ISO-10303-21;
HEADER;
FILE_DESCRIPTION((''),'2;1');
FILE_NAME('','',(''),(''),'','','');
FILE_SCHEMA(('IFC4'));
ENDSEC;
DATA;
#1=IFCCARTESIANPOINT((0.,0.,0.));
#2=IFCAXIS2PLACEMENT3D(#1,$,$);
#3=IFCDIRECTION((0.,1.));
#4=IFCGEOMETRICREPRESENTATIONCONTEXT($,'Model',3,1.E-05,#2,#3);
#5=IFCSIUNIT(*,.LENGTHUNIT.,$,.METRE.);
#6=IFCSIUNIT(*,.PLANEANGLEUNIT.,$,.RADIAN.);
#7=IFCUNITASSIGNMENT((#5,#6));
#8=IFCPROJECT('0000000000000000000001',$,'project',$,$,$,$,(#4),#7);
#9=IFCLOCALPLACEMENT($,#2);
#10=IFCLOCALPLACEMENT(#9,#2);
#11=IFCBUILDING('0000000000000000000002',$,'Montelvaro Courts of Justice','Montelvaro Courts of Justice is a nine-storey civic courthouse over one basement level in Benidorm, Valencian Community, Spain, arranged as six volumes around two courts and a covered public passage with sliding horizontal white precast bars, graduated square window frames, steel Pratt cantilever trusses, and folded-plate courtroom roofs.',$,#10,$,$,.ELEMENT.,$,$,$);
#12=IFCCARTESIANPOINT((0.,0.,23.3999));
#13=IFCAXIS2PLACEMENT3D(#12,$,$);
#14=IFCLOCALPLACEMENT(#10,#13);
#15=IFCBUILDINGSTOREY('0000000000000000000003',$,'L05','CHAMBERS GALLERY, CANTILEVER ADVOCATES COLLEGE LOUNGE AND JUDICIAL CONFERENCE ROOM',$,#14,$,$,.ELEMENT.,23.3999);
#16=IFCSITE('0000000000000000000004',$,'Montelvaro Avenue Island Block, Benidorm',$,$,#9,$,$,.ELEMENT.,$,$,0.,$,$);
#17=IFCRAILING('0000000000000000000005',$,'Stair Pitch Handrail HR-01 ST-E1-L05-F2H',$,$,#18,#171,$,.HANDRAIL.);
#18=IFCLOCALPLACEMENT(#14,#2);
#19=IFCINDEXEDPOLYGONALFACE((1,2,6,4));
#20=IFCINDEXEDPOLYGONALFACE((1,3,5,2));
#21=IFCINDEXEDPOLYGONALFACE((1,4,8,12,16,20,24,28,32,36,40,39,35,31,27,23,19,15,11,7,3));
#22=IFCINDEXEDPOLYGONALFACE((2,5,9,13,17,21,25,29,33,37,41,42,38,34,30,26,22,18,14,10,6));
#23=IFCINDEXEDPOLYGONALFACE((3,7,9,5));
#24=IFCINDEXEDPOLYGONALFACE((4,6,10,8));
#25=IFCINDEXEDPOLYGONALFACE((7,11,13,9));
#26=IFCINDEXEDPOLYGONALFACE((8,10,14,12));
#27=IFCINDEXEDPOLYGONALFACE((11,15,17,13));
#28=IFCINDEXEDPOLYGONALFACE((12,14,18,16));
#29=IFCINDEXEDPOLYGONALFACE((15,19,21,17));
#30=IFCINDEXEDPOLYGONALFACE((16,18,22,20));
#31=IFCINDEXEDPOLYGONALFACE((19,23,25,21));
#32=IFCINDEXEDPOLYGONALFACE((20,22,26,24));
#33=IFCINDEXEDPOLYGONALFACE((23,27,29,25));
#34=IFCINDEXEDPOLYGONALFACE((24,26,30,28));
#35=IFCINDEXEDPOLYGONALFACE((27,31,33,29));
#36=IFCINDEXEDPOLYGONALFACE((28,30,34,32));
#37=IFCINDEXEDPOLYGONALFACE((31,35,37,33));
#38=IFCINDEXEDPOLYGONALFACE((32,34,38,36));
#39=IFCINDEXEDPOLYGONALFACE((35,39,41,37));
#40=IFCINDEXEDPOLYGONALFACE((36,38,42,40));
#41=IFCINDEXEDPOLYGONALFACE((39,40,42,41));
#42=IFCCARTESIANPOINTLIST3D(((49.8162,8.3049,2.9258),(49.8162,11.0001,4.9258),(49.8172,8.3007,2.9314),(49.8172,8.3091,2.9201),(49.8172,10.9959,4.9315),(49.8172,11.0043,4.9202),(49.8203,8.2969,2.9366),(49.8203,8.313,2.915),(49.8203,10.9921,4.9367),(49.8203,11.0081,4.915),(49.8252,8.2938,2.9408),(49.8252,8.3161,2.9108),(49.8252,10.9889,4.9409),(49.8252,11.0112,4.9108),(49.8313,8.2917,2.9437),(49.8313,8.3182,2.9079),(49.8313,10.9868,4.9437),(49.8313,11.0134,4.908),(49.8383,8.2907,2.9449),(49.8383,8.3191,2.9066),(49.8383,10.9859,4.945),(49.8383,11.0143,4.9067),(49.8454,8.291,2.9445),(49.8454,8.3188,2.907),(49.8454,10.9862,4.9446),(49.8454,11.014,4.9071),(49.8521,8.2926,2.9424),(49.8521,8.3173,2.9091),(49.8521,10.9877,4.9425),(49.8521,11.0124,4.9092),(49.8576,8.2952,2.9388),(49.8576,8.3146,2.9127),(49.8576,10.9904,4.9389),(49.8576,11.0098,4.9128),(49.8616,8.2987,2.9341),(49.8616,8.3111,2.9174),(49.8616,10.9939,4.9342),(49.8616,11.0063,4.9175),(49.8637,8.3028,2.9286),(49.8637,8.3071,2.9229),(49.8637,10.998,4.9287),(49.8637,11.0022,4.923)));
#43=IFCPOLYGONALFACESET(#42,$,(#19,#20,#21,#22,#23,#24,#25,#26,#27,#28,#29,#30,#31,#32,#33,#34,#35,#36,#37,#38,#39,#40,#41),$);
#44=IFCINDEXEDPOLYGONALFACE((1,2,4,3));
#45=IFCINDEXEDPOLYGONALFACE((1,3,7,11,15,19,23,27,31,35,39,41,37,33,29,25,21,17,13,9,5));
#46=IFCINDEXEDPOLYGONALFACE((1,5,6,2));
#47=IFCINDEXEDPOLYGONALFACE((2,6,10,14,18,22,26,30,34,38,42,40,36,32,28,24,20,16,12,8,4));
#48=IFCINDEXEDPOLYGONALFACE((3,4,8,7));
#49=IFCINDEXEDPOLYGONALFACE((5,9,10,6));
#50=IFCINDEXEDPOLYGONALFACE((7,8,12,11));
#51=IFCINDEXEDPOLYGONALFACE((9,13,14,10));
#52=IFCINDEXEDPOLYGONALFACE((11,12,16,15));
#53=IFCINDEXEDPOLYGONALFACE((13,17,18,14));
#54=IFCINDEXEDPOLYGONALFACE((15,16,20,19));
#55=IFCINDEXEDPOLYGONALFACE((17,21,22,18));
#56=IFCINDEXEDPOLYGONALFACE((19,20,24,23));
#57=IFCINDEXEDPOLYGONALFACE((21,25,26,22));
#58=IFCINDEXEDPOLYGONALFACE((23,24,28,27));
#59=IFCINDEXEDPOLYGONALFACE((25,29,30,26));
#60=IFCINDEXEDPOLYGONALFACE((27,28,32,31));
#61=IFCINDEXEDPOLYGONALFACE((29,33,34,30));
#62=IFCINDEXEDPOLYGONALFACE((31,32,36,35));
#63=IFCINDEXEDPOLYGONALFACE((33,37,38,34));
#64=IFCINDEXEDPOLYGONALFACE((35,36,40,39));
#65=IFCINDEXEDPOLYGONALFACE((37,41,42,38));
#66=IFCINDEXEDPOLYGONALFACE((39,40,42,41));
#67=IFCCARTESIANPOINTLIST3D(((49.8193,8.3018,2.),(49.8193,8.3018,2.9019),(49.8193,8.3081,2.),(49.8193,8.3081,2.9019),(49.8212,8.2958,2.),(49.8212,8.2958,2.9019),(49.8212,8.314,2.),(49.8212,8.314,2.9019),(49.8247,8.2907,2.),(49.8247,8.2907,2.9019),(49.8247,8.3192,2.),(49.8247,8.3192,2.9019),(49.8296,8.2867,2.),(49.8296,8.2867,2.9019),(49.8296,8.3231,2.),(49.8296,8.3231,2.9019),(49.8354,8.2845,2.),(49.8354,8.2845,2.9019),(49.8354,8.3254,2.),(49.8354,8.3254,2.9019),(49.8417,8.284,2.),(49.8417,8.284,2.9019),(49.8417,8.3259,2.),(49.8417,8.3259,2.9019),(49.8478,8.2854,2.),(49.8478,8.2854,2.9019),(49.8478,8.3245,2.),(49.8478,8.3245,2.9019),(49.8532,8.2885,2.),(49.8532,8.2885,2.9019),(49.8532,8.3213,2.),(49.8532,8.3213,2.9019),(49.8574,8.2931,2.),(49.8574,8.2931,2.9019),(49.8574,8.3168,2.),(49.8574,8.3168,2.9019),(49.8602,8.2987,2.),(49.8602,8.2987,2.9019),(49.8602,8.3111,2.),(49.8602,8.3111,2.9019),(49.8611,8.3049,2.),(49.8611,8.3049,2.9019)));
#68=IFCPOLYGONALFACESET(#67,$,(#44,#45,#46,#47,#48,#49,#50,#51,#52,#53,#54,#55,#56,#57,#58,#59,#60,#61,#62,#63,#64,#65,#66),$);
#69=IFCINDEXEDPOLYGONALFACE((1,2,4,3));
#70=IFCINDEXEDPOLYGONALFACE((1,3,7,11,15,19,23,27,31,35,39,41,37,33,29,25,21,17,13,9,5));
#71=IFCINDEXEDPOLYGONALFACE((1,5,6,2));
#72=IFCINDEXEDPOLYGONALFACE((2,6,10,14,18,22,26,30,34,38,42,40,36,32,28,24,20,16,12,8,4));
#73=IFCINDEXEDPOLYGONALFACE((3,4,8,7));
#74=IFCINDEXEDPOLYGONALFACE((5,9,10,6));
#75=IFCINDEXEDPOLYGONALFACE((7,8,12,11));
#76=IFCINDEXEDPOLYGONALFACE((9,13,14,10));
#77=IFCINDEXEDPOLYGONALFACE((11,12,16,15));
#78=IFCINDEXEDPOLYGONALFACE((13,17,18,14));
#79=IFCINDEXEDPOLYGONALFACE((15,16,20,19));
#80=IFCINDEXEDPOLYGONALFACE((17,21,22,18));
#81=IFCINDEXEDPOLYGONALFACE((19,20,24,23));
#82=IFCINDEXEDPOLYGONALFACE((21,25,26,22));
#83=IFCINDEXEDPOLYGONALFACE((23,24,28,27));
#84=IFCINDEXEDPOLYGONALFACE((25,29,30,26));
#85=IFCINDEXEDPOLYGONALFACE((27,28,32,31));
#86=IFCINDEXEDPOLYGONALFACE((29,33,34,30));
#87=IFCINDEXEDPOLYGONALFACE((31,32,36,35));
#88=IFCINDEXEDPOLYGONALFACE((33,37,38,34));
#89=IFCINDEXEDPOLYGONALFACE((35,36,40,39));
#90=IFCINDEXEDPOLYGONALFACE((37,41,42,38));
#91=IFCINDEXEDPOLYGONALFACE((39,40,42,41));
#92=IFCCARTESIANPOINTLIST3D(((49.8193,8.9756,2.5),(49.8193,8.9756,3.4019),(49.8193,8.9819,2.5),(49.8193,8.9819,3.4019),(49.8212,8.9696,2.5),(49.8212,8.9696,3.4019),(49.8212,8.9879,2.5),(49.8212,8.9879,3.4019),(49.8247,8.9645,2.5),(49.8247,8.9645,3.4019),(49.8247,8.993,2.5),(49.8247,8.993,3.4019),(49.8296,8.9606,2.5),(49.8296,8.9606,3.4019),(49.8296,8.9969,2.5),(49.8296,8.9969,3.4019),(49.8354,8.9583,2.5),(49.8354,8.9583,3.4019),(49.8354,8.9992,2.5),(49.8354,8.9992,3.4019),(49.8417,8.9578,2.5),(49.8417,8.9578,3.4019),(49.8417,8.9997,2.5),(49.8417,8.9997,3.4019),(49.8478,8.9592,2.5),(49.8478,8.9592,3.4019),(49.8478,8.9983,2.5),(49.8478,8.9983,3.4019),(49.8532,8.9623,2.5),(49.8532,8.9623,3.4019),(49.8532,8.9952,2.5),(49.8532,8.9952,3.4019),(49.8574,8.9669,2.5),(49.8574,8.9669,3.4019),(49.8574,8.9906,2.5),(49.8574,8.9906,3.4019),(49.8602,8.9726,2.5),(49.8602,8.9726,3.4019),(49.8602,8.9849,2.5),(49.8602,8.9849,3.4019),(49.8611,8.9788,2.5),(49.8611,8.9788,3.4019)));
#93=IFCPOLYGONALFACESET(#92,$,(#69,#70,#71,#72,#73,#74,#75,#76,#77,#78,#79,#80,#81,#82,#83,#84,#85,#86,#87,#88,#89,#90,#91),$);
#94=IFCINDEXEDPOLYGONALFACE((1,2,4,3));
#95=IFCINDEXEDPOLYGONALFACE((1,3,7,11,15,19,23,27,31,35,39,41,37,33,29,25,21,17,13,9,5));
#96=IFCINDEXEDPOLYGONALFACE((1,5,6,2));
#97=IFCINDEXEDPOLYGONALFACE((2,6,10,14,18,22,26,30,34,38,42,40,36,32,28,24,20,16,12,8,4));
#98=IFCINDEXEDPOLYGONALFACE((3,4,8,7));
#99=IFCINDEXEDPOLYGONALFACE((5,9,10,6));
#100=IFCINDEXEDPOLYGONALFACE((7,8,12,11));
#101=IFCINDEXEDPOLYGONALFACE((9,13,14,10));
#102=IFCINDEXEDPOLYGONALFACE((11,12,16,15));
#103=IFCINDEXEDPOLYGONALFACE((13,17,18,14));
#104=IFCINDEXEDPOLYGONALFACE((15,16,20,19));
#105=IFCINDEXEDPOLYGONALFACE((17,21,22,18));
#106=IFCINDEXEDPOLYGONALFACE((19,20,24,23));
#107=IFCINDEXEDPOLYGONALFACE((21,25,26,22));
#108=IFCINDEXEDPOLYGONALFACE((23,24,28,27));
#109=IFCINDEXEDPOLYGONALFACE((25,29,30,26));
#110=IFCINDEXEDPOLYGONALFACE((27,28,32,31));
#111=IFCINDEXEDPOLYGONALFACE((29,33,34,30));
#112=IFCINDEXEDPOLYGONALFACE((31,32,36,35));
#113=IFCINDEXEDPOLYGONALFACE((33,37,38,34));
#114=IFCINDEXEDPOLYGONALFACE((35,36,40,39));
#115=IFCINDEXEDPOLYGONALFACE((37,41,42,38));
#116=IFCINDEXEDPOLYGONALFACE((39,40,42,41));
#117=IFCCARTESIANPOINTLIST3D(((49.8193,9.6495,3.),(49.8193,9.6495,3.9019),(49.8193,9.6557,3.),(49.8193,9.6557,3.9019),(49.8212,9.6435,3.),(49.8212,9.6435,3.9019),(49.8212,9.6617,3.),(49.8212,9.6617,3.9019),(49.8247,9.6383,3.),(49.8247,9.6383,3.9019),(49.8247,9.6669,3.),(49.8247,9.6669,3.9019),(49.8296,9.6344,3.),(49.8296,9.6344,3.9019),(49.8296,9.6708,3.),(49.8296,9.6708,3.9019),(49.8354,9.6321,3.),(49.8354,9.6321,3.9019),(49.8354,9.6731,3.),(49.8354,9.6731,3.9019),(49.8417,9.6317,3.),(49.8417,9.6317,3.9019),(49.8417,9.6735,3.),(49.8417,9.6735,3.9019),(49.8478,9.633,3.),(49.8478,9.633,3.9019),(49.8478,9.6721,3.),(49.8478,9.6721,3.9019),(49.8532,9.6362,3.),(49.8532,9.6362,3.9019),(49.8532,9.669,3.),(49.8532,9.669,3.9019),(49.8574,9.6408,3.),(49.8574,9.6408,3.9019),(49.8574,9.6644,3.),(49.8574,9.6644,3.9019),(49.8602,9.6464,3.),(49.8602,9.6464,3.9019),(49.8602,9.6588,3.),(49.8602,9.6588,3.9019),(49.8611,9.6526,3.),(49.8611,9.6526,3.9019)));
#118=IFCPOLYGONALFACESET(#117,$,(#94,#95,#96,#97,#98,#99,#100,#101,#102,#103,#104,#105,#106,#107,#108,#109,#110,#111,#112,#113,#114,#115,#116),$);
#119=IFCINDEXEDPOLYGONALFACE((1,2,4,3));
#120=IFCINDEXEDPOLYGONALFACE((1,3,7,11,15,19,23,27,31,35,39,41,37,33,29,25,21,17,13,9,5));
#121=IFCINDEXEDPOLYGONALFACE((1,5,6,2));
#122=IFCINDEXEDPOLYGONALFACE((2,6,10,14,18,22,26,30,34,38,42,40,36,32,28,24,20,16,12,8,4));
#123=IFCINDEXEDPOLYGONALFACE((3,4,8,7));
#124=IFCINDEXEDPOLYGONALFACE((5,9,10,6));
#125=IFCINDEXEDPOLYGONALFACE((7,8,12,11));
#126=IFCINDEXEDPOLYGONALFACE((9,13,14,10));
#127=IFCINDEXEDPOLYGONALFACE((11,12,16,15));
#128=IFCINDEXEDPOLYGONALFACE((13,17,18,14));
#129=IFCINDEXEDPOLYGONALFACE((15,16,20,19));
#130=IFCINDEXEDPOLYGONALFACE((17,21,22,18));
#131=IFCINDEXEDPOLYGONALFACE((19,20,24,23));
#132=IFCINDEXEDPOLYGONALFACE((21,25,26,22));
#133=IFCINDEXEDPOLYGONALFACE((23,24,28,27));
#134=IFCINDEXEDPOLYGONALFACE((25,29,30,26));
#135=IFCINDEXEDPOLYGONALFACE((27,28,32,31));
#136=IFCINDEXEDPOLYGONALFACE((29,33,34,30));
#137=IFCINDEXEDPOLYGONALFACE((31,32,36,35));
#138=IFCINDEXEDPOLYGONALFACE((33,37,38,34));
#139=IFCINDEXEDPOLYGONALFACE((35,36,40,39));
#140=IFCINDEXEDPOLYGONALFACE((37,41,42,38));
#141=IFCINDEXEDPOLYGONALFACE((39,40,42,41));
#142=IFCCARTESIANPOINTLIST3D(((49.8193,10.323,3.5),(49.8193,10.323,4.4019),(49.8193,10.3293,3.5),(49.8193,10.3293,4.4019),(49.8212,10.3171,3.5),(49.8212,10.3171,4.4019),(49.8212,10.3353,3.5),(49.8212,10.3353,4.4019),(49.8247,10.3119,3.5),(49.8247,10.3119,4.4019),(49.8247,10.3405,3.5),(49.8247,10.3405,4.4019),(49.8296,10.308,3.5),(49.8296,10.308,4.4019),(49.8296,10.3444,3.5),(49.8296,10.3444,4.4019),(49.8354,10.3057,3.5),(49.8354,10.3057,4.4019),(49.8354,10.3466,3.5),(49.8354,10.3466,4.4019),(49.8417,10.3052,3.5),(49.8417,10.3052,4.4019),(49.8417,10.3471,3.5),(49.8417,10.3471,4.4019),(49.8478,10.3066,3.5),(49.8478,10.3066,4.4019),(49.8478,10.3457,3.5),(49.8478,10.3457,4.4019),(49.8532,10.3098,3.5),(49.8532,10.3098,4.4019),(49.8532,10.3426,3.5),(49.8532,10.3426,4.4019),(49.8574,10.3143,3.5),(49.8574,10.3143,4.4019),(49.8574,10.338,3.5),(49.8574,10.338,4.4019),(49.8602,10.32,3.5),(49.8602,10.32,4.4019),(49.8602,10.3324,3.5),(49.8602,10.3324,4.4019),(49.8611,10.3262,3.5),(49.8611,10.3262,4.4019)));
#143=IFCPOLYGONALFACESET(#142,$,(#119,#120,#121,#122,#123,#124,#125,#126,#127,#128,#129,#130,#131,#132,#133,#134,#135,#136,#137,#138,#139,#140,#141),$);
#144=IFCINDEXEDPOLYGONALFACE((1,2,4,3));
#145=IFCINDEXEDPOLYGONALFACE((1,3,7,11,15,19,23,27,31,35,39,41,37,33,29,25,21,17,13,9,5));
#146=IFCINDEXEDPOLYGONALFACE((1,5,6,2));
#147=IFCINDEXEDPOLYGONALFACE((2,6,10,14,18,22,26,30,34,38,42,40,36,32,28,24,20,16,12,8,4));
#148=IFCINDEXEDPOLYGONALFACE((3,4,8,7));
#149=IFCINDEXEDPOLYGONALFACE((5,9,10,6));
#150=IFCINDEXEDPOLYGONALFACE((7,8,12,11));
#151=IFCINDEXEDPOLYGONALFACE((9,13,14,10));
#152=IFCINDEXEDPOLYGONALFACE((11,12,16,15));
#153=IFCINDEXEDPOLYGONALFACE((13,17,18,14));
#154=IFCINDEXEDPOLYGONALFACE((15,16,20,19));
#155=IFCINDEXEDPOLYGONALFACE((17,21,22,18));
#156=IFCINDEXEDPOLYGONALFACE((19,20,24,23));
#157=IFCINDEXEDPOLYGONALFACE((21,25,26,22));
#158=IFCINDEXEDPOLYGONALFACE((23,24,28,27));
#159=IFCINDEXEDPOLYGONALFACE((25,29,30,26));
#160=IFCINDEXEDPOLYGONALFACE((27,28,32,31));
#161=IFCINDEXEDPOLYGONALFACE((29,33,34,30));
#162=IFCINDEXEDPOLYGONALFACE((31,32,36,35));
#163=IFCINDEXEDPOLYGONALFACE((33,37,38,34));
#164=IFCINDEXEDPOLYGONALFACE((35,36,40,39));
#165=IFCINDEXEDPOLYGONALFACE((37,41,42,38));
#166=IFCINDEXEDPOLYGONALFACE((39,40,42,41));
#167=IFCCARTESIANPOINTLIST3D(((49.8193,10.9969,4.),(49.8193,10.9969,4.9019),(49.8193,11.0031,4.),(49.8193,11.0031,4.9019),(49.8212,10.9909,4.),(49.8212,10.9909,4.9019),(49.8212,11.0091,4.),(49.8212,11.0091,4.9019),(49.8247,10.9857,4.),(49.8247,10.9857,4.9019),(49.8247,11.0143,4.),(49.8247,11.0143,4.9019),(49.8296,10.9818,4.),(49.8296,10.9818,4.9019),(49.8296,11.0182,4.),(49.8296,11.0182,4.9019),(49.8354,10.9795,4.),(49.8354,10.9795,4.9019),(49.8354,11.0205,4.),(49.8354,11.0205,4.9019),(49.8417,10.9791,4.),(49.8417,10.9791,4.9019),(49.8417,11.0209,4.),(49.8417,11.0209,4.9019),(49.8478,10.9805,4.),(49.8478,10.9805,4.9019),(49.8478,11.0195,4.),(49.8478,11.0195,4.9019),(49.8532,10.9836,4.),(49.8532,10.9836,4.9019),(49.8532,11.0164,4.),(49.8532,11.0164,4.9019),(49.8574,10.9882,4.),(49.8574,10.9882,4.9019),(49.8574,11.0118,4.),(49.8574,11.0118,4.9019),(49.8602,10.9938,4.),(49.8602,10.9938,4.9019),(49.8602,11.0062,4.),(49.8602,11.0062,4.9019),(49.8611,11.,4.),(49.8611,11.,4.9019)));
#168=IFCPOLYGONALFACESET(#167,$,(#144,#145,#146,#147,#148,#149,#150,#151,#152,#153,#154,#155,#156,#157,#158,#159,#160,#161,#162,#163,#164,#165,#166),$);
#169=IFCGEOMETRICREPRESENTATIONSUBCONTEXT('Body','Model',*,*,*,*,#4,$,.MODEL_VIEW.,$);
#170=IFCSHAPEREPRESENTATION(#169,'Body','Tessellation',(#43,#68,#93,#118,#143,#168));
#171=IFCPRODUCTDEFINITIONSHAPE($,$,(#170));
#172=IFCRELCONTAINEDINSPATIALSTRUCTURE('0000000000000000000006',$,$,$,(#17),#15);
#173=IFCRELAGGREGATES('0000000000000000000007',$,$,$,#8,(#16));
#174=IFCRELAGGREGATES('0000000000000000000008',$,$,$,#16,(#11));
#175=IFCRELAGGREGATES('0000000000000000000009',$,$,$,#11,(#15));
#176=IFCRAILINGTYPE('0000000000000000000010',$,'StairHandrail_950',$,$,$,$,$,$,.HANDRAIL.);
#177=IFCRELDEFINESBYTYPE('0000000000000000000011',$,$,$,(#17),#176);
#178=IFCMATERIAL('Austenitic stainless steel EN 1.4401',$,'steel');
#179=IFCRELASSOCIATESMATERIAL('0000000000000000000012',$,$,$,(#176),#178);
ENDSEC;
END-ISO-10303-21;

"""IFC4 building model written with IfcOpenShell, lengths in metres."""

from ifc_helpers import new_model, si_unit, direction, frame, origin, origin_2d, place, context, subcontext, project, spatial, circle, extrude, material, type_object, element, save


model = new_model("IFC4")

# Units and contexts
model_context = context("Model", 3, precision=1e-05, world=origin(), true_north=direction((0.0, 1.0)))
body_context = subcontext(model_context, "Body", "Model", "MODEL_VIEW")
ifc_project = project(units=[si_unit("LENGTHUNIT", "METRE"), si_unit("PLANEANGLEUNIT", "RADIAN")], contexts=[model_context])

# Site, building, storey
site_placement = place(None, origin())
site = spatial("IfcSite", under=ifc_project, at=site_placement, Name="Montelvaro Avenue Island Block, Benidorm", CompositionType="ELEMENT", RefElevation=0.0)
building_placement = place(site_placement, origin())
building = spatial("IfcBuilding", under=site, at=building_placement, Name="Montelvaro Courts of Justice", Description="Montelvaro Courts of Justice is a nine-storey civic courthouse over one basement level in Benidorm, Valencian Community, Spain, arranged as six volumes around two courts and a covered public passage with sliding horizontal white precast bars, graduated square window frames, steel Pratt cantilever trusses, and folded-plate courtroom roofs.", CompositionType="ELEMENT")
storey_placement = place(building_placement, frame((0.0, 0.0, 23.3999)))
storey = spatial("IfcBuildingStorey", under=building, at=storey_placement, Name="L05", Description="CHAMBERS GALLERY, CANTILEVER ADVOCATES COLLEGE LOUNGE AND JUDICIAL CONFERENCE ROOM", CompositionType="ELEMENT", Elevation=23.3999)

# Railing
ifc_material_1 = material(Name="Austenitic stainless steel EN 1.4401", Category="steel")
railing_type_1 = type_object("IfcRailingType", Name="StairHandrail_950", PredefinedType="HANDRAIL", material=ifc_material_1)
railing_1_placement = place(storey_placement, frame((49.8401, 8.3049, 2.0)))
element("IfcRailing", 1, at=railing_1_placement, inside=storey, type_object=railing_type_1, Name="Stair Pitch Handrail HR-01 ST-E1-L05-F2H", PredefinedType="HANDRAIL", context=body_context, shape_type="SweptSolid", body=[
    extrude(circle(Radius=0.0239, at=origin_2d()), frame((0.0, 0.0, 0.9258), z_axis=(0.0, 0.803036, 0.59593), x_axis=(-1.0, 0.0, 0.0)), (0.0, 0.0, 1.0), 3.3562),
    extrude(circle(Radius=0.021, at=origin_2d()), origin(), (0.0, 0.0, 1.0), 0.9019),
    extrude(circle(Radius=0.021, at=origin_2d()), frame((0.0, 0.6738, 0.5)), (0.0, 0.0, 1.0), 0.9019),
    extrude(circle(Radius=0.021, at=origin_2d()), frame((0.0, 1.3477, 1.0)), (0.0, 0.0, 1.0), 0.9019),
    extrude(circle(Radius=0.021, at=origin_2d()), frame((0.0, 2.0212, 1.5)), (0.0, 0.0, 1.0), 0.9019),
    extrude(circle(Radius=0.021, at=origin_2d()), frame((0.0, 2.6951, 2.0)), (0.0, 0.0, 1.0), 0.9019),
])

save(model, "model.ifc")
